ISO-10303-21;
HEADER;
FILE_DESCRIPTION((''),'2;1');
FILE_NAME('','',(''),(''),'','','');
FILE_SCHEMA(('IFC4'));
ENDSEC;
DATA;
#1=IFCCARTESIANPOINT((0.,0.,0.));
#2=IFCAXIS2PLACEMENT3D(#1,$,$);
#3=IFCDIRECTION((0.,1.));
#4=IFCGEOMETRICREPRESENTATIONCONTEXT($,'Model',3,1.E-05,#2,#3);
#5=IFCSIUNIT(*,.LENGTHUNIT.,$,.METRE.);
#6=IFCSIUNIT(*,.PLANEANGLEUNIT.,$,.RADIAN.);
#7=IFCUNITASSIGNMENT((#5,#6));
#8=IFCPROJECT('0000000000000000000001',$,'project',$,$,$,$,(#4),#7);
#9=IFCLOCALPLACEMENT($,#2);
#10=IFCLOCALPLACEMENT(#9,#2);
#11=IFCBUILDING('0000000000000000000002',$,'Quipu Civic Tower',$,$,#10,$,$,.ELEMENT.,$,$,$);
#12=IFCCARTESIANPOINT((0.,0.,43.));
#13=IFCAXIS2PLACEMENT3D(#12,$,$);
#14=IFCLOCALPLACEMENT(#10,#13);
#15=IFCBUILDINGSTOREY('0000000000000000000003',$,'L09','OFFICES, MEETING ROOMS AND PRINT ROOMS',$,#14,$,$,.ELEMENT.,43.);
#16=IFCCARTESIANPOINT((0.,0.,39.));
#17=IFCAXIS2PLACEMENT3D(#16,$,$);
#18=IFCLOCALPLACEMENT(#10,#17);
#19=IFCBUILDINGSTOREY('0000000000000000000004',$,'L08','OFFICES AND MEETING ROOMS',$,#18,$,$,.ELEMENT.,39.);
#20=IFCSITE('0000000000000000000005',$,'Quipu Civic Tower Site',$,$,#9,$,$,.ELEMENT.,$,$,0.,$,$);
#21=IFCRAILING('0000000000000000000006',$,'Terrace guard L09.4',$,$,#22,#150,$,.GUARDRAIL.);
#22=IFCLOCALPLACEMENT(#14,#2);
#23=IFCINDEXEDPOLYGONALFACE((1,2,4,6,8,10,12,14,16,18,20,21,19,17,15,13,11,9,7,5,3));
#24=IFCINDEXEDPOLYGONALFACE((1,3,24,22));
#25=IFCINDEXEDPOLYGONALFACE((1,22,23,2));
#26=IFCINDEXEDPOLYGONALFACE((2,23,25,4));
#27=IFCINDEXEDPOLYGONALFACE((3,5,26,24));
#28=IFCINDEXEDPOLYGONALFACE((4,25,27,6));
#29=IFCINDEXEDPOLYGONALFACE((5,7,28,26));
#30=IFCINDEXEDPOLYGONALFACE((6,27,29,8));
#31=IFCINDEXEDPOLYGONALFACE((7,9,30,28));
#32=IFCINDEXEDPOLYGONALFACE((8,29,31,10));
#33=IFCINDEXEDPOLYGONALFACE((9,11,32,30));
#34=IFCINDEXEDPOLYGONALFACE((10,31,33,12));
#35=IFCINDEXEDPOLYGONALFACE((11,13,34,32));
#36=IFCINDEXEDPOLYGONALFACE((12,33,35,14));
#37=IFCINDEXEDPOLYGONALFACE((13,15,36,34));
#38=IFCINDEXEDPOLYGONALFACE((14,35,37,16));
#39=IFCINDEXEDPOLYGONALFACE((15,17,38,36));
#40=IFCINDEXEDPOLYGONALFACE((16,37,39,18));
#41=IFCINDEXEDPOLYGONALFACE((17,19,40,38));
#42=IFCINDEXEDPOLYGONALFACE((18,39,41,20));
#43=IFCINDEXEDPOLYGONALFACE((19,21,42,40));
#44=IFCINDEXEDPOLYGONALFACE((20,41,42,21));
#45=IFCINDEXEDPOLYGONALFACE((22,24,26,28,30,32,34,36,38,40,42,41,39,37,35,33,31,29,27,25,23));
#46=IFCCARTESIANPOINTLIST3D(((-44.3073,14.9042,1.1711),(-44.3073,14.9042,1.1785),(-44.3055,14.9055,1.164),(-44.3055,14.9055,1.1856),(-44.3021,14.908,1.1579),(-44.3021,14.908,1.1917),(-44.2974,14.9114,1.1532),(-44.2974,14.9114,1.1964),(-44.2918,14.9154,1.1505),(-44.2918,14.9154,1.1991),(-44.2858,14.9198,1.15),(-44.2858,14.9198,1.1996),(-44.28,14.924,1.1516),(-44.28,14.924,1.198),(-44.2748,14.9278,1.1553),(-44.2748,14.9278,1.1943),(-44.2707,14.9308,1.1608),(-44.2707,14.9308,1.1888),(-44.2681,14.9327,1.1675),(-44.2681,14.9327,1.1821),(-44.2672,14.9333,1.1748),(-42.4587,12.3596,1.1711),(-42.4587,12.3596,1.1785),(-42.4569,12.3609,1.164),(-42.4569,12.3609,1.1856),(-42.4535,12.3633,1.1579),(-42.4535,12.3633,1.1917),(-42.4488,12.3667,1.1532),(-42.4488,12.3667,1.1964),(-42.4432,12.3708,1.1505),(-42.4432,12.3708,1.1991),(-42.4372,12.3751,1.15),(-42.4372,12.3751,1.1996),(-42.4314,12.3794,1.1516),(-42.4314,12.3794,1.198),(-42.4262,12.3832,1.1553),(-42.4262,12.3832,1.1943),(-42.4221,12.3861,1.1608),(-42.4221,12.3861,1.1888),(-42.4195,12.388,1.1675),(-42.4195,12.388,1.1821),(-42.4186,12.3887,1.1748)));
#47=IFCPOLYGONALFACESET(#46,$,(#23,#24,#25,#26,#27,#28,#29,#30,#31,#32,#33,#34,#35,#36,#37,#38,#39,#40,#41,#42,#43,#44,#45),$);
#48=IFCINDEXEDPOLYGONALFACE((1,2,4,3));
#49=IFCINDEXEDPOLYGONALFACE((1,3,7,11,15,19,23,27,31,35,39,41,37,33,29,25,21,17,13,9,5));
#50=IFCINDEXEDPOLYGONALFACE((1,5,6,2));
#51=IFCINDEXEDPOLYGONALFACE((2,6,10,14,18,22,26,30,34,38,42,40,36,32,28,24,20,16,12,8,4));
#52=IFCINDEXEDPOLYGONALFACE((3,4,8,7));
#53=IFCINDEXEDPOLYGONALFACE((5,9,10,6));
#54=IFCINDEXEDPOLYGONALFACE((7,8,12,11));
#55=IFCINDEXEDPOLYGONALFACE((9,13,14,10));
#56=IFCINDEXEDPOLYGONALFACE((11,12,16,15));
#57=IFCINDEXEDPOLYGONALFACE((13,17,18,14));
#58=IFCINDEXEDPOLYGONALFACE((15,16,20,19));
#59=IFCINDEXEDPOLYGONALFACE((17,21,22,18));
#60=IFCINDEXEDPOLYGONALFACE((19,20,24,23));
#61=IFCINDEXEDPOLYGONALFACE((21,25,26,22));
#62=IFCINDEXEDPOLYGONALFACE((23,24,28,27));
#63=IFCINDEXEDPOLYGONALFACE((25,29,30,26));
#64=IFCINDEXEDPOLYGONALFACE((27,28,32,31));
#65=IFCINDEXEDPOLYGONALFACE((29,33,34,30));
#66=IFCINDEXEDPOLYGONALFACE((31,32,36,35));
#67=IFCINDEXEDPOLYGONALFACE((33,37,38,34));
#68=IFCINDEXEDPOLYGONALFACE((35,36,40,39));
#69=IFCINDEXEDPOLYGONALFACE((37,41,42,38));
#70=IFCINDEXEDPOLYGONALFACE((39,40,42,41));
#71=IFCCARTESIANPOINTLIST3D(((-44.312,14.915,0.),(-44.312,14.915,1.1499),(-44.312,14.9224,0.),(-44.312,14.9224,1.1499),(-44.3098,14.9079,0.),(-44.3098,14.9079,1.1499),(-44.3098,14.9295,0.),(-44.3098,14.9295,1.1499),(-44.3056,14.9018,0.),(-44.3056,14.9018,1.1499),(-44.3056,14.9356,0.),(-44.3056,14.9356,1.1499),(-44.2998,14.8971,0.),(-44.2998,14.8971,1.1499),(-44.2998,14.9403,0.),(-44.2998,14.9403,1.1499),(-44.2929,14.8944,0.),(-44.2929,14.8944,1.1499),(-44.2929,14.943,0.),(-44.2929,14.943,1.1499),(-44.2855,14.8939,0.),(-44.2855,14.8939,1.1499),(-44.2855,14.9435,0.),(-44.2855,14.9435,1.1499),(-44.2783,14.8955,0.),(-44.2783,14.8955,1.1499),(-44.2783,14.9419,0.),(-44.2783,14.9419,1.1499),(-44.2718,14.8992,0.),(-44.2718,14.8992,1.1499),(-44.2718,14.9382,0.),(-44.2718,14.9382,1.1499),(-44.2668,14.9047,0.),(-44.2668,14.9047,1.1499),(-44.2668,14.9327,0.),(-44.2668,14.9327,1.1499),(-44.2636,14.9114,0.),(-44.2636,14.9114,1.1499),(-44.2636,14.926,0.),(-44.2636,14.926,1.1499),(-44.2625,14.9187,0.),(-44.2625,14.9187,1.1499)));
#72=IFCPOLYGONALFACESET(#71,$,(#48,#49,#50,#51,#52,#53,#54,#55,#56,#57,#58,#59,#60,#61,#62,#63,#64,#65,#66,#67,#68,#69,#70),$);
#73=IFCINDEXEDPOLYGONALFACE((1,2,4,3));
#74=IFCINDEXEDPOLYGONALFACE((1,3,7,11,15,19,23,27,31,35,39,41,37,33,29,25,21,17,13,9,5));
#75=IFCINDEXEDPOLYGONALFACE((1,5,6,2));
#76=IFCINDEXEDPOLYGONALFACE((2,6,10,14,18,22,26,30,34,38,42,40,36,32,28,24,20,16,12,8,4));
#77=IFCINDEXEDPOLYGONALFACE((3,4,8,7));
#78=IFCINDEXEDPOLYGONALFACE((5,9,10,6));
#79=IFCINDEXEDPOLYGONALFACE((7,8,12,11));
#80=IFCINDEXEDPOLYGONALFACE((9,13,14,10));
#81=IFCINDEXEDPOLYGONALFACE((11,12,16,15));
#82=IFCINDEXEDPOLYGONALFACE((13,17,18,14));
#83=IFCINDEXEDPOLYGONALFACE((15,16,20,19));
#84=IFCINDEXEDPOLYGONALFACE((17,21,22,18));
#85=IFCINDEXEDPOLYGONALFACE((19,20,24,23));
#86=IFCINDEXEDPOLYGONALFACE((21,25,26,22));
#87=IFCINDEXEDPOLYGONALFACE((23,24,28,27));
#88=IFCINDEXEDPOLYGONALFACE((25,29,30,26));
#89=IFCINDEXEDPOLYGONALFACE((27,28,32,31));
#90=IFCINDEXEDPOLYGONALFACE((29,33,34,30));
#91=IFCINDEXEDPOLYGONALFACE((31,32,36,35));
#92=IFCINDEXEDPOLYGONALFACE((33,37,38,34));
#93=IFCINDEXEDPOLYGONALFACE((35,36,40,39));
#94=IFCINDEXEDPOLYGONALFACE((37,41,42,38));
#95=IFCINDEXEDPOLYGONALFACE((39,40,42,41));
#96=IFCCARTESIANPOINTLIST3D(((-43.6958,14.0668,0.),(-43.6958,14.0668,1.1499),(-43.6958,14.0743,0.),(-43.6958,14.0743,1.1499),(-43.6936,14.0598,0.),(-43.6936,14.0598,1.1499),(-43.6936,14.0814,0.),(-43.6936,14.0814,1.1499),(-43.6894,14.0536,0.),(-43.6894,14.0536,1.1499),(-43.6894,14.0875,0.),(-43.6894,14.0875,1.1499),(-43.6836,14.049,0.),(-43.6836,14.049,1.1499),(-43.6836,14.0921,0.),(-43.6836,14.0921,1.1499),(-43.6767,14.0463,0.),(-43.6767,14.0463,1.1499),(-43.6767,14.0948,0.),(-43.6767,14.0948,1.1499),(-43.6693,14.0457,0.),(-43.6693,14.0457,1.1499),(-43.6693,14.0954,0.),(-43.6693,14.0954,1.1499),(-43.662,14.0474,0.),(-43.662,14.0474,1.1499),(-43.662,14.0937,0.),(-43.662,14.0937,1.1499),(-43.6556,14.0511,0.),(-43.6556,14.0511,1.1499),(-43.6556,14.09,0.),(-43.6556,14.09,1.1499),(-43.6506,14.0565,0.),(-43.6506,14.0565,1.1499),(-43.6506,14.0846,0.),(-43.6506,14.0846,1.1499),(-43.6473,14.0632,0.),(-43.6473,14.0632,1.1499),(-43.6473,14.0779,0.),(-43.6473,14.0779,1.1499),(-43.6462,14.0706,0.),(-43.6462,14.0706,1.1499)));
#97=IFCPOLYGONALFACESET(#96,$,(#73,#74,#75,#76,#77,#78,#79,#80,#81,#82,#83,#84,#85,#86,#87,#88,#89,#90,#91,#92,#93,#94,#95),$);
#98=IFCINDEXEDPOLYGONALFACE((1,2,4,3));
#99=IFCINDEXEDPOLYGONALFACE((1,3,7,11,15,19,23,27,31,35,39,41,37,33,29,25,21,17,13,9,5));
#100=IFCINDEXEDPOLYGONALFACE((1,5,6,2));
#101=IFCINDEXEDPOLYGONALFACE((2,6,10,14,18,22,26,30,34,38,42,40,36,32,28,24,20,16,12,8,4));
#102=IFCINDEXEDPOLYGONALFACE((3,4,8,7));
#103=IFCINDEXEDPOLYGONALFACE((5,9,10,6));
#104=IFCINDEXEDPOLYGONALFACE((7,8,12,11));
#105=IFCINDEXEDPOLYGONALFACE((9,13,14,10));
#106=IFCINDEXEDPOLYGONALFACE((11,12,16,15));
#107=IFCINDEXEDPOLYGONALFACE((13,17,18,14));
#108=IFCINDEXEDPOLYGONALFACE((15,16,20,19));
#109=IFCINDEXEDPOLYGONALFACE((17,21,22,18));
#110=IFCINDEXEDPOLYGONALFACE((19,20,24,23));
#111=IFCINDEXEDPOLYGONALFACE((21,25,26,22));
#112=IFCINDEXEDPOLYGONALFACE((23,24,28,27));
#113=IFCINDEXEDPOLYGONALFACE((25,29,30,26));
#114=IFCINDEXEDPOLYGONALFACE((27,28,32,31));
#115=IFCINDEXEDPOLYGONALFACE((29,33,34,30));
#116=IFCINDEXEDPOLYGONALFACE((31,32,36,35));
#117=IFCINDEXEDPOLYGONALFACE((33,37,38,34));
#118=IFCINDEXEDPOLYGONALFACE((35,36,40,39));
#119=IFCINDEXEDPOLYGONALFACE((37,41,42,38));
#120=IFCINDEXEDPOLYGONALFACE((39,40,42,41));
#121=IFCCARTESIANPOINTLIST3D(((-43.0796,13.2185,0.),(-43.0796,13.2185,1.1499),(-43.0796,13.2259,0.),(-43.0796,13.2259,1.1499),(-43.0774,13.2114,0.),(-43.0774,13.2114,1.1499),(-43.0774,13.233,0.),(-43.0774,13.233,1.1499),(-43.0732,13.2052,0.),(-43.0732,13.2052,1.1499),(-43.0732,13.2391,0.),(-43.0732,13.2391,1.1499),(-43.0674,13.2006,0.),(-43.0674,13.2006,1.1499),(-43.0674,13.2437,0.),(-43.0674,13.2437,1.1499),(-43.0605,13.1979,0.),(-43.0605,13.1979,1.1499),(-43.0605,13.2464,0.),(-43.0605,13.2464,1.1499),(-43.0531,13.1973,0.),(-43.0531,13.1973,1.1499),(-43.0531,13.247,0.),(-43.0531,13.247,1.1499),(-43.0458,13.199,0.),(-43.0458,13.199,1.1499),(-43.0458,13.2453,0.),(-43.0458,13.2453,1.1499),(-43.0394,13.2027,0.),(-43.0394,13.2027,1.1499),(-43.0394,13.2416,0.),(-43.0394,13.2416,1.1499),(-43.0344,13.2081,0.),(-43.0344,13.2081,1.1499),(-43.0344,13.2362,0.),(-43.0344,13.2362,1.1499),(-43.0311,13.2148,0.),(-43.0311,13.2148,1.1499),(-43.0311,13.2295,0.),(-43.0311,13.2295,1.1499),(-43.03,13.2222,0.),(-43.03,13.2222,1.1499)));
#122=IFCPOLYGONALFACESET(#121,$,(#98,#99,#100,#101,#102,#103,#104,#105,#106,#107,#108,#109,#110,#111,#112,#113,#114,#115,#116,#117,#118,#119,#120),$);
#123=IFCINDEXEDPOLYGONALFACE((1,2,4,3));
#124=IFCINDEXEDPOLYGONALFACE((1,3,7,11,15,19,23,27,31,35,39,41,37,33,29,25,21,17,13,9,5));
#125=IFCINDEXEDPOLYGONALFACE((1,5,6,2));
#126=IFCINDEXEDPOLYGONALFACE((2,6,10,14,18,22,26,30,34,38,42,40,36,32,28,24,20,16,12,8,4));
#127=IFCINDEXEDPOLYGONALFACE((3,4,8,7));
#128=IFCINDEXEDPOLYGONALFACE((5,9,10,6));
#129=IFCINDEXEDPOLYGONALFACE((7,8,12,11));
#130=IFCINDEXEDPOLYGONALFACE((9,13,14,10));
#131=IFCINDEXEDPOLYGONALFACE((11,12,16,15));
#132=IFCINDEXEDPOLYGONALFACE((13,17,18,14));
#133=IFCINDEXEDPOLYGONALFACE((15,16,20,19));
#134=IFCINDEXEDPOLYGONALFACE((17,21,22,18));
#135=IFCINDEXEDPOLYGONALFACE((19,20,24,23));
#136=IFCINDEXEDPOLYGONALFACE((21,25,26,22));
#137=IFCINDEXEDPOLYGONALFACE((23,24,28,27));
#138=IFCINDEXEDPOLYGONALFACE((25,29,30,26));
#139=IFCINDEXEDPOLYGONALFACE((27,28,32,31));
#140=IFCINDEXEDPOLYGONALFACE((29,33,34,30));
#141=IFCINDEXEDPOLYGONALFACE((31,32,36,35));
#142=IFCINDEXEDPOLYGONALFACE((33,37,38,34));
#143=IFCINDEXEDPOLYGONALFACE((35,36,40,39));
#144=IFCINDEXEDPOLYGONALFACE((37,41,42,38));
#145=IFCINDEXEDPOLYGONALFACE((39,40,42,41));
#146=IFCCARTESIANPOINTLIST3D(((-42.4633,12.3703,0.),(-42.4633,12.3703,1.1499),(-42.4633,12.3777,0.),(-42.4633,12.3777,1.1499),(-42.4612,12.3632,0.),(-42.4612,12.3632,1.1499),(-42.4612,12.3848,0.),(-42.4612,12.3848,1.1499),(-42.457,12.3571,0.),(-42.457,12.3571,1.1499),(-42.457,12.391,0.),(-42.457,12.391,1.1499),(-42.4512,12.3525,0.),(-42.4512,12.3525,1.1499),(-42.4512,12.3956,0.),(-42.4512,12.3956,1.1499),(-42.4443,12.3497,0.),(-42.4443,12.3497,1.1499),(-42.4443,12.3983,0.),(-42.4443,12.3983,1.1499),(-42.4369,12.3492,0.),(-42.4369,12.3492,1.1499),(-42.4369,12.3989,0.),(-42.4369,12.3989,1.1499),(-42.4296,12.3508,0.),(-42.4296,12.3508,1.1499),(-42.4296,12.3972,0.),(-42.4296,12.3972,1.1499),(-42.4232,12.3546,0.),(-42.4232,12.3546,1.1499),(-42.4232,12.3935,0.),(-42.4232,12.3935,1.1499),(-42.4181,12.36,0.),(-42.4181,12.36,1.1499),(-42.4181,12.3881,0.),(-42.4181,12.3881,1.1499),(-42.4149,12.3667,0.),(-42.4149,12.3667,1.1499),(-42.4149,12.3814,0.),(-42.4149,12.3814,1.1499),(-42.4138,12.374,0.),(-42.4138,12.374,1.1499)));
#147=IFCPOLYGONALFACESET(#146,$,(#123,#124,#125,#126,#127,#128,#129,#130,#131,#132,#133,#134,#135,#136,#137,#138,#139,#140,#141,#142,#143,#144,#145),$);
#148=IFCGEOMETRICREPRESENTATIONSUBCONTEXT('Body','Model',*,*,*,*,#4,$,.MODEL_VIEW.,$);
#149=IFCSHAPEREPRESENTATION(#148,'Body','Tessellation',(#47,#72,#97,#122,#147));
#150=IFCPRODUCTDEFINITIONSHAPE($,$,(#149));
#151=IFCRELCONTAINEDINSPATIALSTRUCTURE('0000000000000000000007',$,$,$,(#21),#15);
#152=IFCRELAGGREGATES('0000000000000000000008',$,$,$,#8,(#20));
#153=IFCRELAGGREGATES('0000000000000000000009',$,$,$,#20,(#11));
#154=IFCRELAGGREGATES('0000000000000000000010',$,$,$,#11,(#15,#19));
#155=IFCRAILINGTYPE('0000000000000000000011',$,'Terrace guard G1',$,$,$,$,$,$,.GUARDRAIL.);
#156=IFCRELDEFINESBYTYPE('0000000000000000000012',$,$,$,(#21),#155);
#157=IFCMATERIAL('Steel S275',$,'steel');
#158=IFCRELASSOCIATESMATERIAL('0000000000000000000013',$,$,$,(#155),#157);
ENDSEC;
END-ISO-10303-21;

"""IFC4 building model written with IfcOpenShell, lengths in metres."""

from ifc_helpers import new_model, si_unit, direction, frame, origin, origin_2d, place, context, subcontext, project, spatial, circle, extrude, material, type_object, element, save


model = new_model("IFC4")

# Units and contexts
model_context = context("Model", 3, precision=1e-05, world=origin(), true_north=direction((0.0, 1.0)))
body_context = subcontext(model_context, "Body", "Model", "MODEL_VIEW")
ifc_project = project(units=[si_unit("LENGTHUNIT", "METRE"), si_unit("PLANEANGLEUNIT", "RADIAN")], contexts=[model_context])

# Site, building, storey
site_placement = place(None, origin())
site = spatial("IfcSite", under=ifc_project, at=site_placement, Name="Quipu Civic Tower Site", CompositionType="ELEMENT", RefElevation=0.0)
building_placement = place(site_placement, origin())
building = spatial("IfcBuilding", under=site, at=building_placement, Name="Quipu Civic Tower", CompositionType="ELEMENT")
storey_1_placement = place(building_placement, frame((0.0, 0.0, 43.0)))
storey_1 = spatial("IfcBuildingStorey", under=building, at=storey_1_placement, Name="L09", Description="OFFICES, MEETING ROOMS AND PRINT ROOMS", CompositionType="ELEMENT", Elevation=43.0)

# Shared definitions
storey_2_placement = place(building_placement, frame((0.0, 0.0, 39.0)))
storey_2 = spatial("IfcBuildingStorey", under=building, at=storey_2_placement, Name="L08", Description="OFFICES AND MEETING ROOMS", CompositionType="ELEMENT", Elevation=39.0)

# Railing
ifc_material_1 = material(Name="Steel S275", Category="steel")
railing_type = type_object("IfcRailingType", Name="Terrace guard G1", PredefinedType="GUARDRAIL", material=ifc_material_1)
railing_placement = place(storey_1_placement, frame((-44.2874, 14.9187, 0.0)))
element("IfcRailing", 1, at=railing_placement, inside=storey_1, type_object=railing_type, Name="Terrace guard L09.4", PredefinedType="GUARDRAIL", context=body_context, shape_type="SweptSolid", body=[
    extrude(circle(Radius=0.0249, at=origin_2d()), frame((0.0, 0.0, 1.1748), z_axis=(0.587747, -0.809045, 0.0), x_axis=(0.809045, 0.587747, 0.0)), (0.0, 0.0, 1.0), 3.1453),
    extrude(circle(Radius=0.0249, at=origin_2d()), origin(), (0.0, 0.0, 1.0), 1.1499),
    extrude(circle(Radius=0.0249, at=origin_2d()), frame((0.6162, -0.8481, 0.0)), (0.0, 0.0, 1.0), 1.1499),
    extrude(circle(Radius=0.0249, at=origin_2d()), frame((1.2324, -1.6965, 0.0)), (0.0, 0.0, 1.0), 1.1499),
    extrude(circle(Radius=0.0249, at=origin_2d()), frame((1.8486, -2.5447, 0.0)), (0.0, 0.0, 1.0), 1.1499),
])

save(model, "model.ifc")
